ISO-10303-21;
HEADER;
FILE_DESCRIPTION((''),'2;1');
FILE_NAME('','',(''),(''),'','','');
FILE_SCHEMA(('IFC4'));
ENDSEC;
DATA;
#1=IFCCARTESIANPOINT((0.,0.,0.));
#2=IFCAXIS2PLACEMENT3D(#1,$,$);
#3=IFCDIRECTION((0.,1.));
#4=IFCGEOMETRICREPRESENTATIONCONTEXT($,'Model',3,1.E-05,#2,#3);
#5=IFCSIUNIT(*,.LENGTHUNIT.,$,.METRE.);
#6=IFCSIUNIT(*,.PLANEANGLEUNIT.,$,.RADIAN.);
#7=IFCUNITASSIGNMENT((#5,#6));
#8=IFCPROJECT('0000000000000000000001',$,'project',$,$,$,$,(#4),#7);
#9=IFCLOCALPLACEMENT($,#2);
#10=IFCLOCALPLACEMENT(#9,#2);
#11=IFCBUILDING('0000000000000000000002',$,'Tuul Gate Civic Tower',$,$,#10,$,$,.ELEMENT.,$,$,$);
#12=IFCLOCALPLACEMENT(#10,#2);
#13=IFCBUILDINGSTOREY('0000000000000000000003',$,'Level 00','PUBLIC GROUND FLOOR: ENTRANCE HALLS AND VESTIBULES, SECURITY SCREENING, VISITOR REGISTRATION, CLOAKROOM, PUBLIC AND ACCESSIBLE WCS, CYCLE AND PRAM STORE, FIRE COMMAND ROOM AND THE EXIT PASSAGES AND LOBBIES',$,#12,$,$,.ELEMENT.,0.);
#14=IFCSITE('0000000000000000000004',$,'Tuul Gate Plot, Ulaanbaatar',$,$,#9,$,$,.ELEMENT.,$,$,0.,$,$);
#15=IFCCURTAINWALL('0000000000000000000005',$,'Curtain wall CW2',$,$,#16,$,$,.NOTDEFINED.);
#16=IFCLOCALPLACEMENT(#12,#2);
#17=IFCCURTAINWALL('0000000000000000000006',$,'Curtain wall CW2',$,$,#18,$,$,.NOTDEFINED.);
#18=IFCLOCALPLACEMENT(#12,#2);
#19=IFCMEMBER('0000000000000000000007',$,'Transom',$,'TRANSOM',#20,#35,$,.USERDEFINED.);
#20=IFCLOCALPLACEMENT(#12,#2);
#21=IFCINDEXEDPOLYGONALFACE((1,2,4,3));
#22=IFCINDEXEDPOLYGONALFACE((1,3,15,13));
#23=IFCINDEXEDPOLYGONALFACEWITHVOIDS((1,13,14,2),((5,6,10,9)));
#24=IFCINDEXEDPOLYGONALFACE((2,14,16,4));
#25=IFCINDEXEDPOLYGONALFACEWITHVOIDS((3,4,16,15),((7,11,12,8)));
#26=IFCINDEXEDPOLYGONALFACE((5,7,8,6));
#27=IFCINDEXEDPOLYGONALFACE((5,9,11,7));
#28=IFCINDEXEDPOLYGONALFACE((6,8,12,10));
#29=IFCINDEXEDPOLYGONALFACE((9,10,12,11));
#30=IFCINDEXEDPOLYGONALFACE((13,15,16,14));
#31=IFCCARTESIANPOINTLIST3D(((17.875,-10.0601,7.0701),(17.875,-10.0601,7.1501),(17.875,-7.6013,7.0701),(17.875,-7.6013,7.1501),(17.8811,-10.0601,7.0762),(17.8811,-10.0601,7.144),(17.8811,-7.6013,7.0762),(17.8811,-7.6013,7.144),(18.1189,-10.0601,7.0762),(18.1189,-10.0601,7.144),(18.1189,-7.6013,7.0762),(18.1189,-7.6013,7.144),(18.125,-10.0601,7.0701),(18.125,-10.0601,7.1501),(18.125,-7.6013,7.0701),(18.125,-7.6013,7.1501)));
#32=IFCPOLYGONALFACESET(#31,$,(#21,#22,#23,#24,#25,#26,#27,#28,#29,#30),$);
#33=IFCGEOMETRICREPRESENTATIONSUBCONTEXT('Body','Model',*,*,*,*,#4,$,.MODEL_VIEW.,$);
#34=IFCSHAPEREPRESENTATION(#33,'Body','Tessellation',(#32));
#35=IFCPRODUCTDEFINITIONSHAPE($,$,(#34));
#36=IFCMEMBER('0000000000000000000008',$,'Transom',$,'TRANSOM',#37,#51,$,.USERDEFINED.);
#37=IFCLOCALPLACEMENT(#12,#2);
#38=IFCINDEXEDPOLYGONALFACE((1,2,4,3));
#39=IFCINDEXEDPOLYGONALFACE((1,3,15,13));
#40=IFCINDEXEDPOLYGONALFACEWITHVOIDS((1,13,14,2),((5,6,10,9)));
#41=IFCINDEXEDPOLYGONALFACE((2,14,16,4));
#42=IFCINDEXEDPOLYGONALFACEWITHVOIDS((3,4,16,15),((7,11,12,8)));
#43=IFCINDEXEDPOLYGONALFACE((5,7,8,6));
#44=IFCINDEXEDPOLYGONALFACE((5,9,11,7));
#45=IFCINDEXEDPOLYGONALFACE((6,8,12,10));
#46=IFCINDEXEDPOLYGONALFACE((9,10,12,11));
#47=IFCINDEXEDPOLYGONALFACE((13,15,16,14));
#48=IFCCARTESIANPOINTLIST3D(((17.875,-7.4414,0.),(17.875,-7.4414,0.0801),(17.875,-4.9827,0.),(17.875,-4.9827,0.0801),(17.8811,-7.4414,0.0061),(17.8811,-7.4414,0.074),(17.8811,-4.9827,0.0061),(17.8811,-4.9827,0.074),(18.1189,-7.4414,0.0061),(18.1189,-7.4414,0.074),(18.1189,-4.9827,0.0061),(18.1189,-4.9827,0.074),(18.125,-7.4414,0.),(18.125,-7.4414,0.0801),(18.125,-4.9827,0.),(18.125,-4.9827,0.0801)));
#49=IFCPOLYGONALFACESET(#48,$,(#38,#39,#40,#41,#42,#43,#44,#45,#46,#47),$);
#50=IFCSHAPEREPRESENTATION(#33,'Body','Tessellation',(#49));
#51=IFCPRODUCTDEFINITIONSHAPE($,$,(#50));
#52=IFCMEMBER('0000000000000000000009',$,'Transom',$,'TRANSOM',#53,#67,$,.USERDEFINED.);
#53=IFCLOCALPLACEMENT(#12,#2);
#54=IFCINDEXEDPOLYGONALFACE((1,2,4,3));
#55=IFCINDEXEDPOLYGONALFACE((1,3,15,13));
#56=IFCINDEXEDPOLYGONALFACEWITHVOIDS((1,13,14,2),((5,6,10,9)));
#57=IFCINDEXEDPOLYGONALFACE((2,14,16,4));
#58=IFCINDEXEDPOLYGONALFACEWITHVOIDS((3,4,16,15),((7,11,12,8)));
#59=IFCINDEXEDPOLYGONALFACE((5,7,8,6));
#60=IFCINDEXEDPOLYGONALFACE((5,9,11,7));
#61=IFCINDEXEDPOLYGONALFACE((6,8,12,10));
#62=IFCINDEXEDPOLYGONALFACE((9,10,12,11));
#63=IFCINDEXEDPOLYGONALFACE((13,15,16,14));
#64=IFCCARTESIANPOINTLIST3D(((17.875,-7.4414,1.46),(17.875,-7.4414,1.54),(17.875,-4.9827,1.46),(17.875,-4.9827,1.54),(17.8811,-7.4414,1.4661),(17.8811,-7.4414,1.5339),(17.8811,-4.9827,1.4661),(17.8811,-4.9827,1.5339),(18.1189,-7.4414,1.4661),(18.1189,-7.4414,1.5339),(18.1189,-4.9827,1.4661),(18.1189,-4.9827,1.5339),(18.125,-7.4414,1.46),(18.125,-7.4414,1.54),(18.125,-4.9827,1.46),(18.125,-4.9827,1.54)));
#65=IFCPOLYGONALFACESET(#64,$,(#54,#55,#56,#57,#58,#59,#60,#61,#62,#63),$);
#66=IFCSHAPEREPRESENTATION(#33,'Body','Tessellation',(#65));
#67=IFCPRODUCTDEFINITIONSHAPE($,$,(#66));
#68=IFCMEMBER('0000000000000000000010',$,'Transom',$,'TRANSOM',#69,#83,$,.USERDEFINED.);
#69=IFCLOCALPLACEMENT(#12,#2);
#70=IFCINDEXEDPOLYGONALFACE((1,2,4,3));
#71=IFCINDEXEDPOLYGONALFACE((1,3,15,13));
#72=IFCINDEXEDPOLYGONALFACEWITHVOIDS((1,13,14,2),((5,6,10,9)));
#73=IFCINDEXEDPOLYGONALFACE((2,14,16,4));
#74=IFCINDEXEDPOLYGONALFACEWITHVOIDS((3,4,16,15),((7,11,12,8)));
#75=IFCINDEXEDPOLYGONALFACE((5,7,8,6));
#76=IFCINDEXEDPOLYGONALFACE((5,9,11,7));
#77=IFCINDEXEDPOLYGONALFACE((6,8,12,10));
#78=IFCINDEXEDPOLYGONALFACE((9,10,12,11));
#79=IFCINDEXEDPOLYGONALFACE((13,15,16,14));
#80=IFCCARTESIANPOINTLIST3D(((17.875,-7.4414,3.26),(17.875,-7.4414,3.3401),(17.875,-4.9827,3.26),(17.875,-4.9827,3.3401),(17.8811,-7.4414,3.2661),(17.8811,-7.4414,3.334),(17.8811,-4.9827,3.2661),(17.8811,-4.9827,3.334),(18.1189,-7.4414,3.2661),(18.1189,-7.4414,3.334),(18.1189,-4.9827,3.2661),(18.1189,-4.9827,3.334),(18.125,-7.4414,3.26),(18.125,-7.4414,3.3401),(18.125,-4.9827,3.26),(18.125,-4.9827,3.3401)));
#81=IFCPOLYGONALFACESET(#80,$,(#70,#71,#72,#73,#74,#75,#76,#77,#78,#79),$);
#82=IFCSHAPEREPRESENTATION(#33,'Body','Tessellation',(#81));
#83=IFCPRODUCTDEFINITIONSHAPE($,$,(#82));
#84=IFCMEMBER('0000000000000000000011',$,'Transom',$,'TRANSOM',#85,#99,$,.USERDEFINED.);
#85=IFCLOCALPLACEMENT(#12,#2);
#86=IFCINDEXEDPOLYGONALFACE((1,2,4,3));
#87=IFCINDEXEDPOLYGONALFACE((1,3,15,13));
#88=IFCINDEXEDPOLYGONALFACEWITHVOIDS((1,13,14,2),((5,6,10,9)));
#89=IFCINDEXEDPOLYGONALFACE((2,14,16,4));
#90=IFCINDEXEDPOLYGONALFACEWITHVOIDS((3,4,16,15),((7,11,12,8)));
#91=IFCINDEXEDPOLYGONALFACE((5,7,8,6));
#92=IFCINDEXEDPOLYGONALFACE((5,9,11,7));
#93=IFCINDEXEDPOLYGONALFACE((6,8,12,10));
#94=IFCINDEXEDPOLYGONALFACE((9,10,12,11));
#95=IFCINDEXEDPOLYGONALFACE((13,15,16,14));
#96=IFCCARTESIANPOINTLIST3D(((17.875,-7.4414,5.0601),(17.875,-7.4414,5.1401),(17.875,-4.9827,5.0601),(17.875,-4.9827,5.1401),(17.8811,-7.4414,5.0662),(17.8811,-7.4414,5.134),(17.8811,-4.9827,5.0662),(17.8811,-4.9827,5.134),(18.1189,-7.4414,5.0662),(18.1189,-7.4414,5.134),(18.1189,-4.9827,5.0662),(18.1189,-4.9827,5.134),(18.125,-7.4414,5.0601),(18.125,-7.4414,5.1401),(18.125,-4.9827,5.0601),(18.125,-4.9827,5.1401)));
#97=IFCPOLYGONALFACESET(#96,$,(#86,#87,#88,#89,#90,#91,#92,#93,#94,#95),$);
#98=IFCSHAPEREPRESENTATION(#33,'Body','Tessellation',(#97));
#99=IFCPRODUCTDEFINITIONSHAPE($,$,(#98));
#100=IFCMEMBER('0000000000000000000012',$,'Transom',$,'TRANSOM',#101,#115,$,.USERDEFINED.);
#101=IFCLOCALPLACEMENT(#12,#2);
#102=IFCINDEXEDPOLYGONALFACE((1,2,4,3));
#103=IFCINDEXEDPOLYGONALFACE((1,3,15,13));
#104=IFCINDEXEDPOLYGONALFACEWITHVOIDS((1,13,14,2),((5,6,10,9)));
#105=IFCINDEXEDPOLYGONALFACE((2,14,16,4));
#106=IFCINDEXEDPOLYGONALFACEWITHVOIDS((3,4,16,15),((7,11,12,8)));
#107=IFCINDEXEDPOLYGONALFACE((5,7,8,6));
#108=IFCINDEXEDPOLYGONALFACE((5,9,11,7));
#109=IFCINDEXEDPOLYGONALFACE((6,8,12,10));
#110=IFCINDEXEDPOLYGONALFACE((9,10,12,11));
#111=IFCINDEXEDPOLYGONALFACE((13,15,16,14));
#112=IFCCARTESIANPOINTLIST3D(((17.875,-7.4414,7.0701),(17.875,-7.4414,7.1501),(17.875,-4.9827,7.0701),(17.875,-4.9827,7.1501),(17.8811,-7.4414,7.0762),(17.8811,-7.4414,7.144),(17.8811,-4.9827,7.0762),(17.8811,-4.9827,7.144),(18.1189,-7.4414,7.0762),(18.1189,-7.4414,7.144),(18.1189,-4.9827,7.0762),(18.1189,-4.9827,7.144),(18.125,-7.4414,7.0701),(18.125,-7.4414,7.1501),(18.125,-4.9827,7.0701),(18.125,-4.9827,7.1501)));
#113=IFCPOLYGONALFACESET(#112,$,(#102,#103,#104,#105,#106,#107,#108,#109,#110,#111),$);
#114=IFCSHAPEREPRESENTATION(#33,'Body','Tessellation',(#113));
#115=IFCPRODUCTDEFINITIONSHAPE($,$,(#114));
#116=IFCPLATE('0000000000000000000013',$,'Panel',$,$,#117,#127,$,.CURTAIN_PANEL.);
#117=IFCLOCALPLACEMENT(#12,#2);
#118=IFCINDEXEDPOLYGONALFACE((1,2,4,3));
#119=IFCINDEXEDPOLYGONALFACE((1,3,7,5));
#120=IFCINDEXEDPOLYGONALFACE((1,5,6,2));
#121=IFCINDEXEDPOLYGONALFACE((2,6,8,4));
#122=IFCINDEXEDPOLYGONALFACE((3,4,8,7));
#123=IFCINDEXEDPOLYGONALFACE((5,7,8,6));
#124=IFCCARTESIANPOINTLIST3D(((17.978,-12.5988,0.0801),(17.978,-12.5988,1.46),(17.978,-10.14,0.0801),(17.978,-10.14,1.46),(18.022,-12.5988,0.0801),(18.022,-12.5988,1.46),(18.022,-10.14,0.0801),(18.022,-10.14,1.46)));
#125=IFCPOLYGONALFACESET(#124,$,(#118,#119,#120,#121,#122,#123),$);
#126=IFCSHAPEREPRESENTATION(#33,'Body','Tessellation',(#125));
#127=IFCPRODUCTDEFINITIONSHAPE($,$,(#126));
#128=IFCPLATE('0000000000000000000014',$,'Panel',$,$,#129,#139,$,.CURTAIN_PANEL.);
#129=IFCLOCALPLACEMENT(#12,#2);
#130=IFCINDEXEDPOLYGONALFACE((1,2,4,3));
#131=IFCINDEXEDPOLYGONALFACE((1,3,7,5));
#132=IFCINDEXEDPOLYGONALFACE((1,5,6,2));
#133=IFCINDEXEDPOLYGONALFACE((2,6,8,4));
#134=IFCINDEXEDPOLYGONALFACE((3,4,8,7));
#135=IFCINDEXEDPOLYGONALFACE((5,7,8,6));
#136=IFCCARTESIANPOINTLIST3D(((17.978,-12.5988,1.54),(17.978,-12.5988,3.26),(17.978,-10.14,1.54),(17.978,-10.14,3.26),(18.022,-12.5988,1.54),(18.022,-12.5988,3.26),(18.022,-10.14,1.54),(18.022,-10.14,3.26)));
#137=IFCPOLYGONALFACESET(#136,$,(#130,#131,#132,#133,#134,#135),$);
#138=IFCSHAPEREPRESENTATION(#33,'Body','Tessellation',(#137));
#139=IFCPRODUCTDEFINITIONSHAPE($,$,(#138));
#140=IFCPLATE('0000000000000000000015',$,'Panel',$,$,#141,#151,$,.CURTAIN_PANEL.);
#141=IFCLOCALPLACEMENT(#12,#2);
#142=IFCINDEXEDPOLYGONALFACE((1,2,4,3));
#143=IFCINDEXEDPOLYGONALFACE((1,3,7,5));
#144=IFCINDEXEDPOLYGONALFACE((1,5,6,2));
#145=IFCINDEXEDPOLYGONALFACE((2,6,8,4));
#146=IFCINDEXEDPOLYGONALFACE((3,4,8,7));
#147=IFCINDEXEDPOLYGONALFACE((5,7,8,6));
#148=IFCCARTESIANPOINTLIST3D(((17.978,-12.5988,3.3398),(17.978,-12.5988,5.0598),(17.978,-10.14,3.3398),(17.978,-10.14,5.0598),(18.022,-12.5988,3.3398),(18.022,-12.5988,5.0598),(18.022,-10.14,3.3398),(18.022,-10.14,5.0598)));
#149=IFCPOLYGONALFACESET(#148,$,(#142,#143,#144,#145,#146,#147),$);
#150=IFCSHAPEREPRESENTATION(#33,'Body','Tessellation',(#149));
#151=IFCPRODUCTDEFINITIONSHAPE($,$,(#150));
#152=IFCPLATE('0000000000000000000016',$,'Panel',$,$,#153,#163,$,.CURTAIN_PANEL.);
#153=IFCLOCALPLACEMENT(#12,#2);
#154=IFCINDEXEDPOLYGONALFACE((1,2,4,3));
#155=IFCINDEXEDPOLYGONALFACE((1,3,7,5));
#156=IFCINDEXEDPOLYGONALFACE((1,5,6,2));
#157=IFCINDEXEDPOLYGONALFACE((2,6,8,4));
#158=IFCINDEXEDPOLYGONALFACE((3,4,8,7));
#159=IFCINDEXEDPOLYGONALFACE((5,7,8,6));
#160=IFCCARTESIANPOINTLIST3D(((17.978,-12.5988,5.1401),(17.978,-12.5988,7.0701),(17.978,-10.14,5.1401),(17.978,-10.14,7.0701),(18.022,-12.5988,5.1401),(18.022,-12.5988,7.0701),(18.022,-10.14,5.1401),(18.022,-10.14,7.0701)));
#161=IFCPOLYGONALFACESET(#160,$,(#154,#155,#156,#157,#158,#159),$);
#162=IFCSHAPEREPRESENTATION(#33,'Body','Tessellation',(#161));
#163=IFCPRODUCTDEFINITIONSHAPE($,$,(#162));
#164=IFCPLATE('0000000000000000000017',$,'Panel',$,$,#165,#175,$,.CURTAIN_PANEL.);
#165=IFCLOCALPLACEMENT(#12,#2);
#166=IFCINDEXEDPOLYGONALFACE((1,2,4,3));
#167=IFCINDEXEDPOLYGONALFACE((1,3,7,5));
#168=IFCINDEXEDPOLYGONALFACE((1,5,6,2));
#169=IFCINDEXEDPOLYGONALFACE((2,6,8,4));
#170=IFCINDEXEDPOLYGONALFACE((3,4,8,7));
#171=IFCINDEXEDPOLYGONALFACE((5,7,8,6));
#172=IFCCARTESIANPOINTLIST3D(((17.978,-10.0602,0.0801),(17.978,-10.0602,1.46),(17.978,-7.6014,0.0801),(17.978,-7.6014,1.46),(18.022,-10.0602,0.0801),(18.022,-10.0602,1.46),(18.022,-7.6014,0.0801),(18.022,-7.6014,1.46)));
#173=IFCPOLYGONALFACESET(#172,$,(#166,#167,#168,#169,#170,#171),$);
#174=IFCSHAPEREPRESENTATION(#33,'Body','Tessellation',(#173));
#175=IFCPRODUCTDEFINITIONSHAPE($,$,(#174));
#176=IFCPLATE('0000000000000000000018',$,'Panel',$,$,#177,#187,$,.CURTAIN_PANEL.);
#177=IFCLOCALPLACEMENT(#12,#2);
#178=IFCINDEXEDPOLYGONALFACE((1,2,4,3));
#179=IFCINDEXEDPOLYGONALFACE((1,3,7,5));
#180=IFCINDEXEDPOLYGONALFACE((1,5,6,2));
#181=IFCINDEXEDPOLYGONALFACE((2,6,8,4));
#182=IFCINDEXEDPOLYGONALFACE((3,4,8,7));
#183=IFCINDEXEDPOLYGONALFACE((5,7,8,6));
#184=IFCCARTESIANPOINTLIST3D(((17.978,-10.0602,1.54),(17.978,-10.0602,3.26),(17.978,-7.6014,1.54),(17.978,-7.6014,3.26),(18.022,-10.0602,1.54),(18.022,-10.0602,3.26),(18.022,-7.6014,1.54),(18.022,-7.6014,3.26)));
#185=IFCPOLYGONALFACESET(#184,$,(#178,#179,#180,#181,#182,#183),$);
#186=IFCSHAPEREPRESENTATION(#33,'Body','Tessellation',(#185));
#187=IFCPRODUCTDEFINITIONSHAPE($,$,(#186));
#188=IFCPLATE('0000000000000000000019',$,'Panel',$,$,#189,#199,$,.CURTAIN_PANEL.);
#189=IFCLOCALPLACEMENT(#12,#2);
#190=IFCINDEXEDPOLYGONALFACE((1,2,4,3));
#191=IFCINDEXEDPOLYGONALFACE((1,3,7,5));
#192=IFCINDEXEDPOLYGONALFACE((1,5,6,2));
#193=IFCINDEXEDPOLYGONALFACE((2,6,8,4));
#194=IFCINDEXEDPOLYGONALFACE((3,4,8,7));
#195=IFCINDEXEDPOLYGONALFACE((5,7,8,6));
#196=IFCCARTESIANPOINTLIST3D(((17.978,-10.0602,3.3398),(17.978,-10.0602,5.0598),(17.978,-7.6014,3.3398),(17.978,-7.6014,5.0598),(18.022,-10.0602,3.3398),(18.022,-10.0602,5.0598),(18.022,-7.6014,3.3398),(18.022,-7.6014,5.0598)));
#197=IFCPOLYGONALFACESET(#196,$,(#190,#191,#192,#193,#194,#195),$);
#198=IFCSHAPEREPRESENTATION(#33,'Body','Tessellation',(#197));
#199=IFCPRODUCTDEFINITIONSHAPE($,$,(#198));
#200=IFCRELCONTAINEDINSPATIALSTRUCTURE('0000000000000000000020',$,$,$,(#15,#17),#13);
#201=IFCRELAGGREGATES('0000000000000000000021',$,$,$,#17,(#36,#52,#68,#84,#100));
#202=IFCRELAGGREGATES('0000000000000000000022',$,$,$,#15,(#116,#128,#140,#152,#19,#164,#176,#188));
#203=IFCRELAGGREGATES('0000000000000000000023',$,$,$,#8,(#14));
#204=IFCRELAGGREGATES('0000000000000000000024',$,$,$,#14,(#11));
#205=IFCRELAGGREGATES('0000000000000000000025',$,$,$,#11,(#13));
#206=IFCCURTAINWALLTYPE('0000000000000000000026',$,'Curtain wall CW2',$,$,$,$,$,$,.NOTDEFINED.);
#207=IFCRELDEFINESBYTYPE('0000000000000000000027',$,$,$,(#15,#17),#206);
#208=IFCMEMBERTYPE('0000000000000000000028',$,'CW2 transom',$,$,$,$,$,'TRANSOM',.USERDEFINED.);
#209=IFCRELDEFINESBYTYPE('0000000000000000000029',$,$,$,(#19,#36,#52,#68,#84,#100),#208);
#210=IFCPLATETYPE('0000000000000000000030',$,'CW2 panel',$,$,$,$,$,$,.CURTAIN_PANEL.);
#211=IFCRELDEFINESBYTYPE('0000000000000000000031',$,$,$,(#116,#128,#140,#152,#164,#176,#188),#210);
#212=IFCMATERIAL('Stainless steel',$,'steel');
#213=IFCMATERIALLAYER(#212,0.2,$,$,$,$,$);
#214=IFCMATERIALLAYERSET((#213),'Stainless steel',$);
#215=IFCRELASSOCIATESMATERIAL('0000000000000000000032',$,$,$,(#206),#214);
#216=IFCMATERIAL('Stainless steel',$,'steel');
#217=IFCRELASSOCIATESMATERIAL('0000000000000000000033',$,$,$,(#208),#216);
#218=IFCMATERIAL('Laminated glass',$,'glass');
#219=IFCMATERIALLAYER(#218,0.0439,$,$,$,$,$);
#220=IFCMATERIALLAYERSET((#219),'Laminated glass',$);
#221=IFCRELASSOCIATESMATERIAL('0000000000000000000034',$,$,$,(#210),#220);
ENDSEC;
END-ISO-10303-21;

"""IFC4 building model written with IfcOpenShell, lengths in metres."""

from ifc_helpers import new_model, si_unit, direction, frame, origin, origin_2d, place, context, subcontext, project, spatial, rectangle, hollow_rectangle, extrude, material, layer, layer_set, material_profile, profile_set, type_object, element, aggregate, save


model = new_model("IFC4")

# Units and contexts
model_context = context("Model", 3, precision=1e-05, world=origin(), true_north=direction((0.0, 1.0)))
body_context = subcontext(model_context, "Body", "Model", "MODEL_VIEW")
ifc_project = project(units=[si_unit("LENGTHUNIT", "METRE"), si_unit("PLANEANGLEUNIT", "RADIAN")], contexts=[model_context])

# Site, building, storey
site_placement = place(None, origin())
site = spatial("IfcSite", under=ifc_project, at=site_placement, Name="Tuul Gate Plot, Ulaanbaatar", CompositionType="ELEMENT", RefElevation=0.0)
building_placement = place(site_placement, origin())
building = spatial("IfcBuilding", under=site, at=building_placement, Name="Tuul Gate Civic Tower", CompositionType="ELEMENT")
storey_placement = place(building_placement, origin())
storey = spatial("IfcBuildingStorey", under=building, at=storey_placement, Name="Level 00", Description="PUBLIC GROUND FLOOR: ENTRANCE HALLS AND VESTIBULES, SECURITY SCREENING, VISITOR REGISTRATION, CLOAKROOM, PUBLIC AND ACCESSIBLE WCS, CYCLE AND PRAM STORE, FIRE COMMAND ROOM AND THE EXIT PASSAGES AND LOBBIES", CompositionType="ELEMENT", Elevation=0.0)

# Curtain wall
ifc_material_1 = material(Name="Stainless steel", Category="steel")
ifc_layer_1 = layer(ifc_material_1, 0.2)
ifc_layer_set_1 = layer_set([ifc_layer_1], Name="Stainless steel")
curtain_wall_type = type_object("IfcCurtainWallType", Name="Curtain wall CW2", PredefinedType="NOTDEFINED", material=ifc_layer_set_1)
curtain_wall_1_placement = place(storey_placement, origin())
curtain_wall_1 = element("IfcCurtainWall", 1, at=curtain_wall_1_placement, inside=storey, type_object=curtain_wall_type, Name="Curtain wall CW2", PredefinedType="NOTDEFINED")

# Curtain wall
curtain_wall_2_placement = place(storey_placement, origin())
curtain_wall_2 = element("IfcCurtainWall", 2, at=curtain_wall_2_placement, inside=storey, type_object=curtain_wall_type, Name="Curtain wall CW2", PredefinedType="NOTDEFINED")

# Members
ifc_material_2 = material(Name="Stainless steel", Category="steel")
ifc_material_profile_1 = material_profile(ifc_material_2, hollow_rectangle(XDim=0.25, YDim=0.0801, WallThickness=0.0061, at=origin_2d()), Name="CW2 transom")
ifc_profile_set_1 = profile_set([ifc_material_profile_1], Name="Stainless steel")
member_type_1 = type_object("IfcMemberType", Name="CW2 transom", ElementType="TRANSOM", PredefinedType="USERDEFINED", material=ifc_profile_set_1)
member_1_placement = place(storey_placement, frame((18.0, -10.0601, 7.1101), z_axis=(0.0, 1.0, 0.0), x_axis=(-1.0, 0.0, 0.0)))
member_1 = element("IfcMember", 3, at=member_1_placement, type_object=member_type_1, Name="Transom", ObjectType="TRANSOM", PredefinedType="USERDEFINED", context=body_context, shape_type="SweptSolid", body=[
    extrude(hollow_rectangle(XDim=0.25, YDim=0.0801, WallThickness=0.0061, at=origin_2d()), origin(), (0.0, 0.0, 1.0), 2.4587),
])
member_2_placement = place(storey_placement, frame((18.0, -7.4414, 0.04), z_axis=(0.0, 1.0, 0.0), x_axis=(-1.0, 0.0, 0.0)))
member_2 = element("IfcMember", 4, at=member_2_placement, type_object=member_type_1, Name="Transom", ObjectType="TRANSOM", PredefinedType="USERDEFINED", context=body_context, shape_type="SweptSolid", body=[
    extrude(hollow_rectangle(XDim=0.25, YDim=0.0801, WallThickness=0.0061, at=origin_2d()), origin(), (0.0, 0.0, 1.0), 2.4587),
])
member_3_placement = place(storey_placement, frame((18.0, -7.4414, 1.5), z_axis=(0.0, 1.0, 0.0), x_axis=(-1.0, 0.0, 0.0)))
member_3 = element("IfcMember", 5, at=member_3_placement, type_object=member_type_1, Name="Transom", ObjectType="TRANSOM", PredefinedType="USERDEFINED", context=body_context, shape_type="SweptSolid", body=[
    extrude(hollow_rectangle(XDim=0.25, YDim=0.0801, WallThickness=0.0061, at=origin_2d()), origin(), (0.0, 0.0, 1.0), 2.4587),
])
member_4_placement = place(storey_placement, frame((18.0, -7.4414, 3.3), z_axis=(0.0, 1.0, 0.0), x_axis=(-1.0, 0.0, 0.0)))
member_4 = element("IfcMember", 6, at=member_4_placement, type_object=member_type_1, Name="Transom", ObjectType="TRANSOM", PredefinedType="USERDEFINED", context=body_context, shape_type="SweptSolid", body=[
    extrude(hollow_rectangle(XDim=0.25, YDim=0.0801, WallThickness=0.0061, at=origin_2d()), origin(), (0.0, 0.0, 1.0), 2.4587),
])
member_5_placement = place(storey_placement, frame((18.0, -7.4414, 5.1001), z_axis=(0.0, 1.0, 0.0), x_axis=(-1.0, 0.0, 0.0)))
member_5 = element("IfcMember", 7, at=member_5_placement, type_object=member_type_1, Name="Transom", ObjectType="TRANSOM", PredefinedType="USERDEFINED", context=body_context, shape_type="SweptSolid", body=[
    extrude(hollow_rectangle(XDim=0.25, YDim=0.0801, WallThickness=0.0061, at=origin_2d()), origin(), (0.0, 0.0, 1.0), 2.4587),
])
member_6_placement = place(storey_placement, frame((18.0, -7.4414, 7.1101), z_axis=(0.0, 1.0, 0.0), x_axis=(-1.0, 0.0, 0.0)))
member_6 = element("IfcMember", 8, at=member_6_placement, type_object=member_type_1, Name="Transom", ObjectType="TRANSOM", PredefinedType="USERDEFINED", context=body_context, shape_type="SweptSolid", body=[
    extrude(hollow_rectangle(XDim=0.25, YDim=0.0801, WallThickness=0.0061, at=origin_2d()), origin(), (0.0, 0.0, 1.0), 2.4587),
])
aggregate(curtain_wall_2, [member_2, member_3, member_4, member_5, member_6])

# Plates
ifc_material_3 = material(Name="Laminated glass", Category="glass")
ifc_layer_2 = layer(ifc_material_3, 0.0439)
ifc_layer_set_2 = layer_set([ifc_layer_2], Name="Laminated glass")
plate_type = type_object("IfcPlateType", Name="CW2 panel", PredefinedType="CURTAIN_PANEL", material=ifc_layer_set_2)
plate_1_placement = place(storey_placement, frame((18.0, -11.3694, 0.0801), z_axis=(0.0, 0.0, 1.0), x_axis=(0.0, 1.0, 0.0)))
plate_1 = element("IfcPlate", 9, at=plate_1_placement, type_object=plate_type, Name="Panel", PredefinedType="CURTAIN_PANEL", context=body_context, shape_type="SweptSolid", body=[
    extrude(rectangle(XDim=2.4587, YDim=0.0439, at=origin_2d()), origin(), (0.0, 0.0, 1.0), 1.3799),
])
plate_2_placement = place(storey_placement, frame((18.0, -11.3694, 1.54), z_axis=(0.0, 0.0, 1.0), x_axis=(0.0, 1.0, 0.0)))
plate_2 = element("IfcPlate", 10, at=plate_2_placement, type_object=plate_type, Name="Panel", PredefinedType="CURTAIN_PANEL", context=body_context, shape_type="SweptSolid", body=[
    extrude(rectangle(XDim=2.4587, YDim=0.0439, at=origin_2d()), origin(), (0.0, 0.0, 1.0), 1.72),
])
plate_3_placement = place(storey_placement, frame((18.0, -11.3694, 3.3398), z_axis=(0.0, 0.0, 1.0), x_axis=(0.0, 1.0, 0.0)))
plate_3 = element("IfcPlate", 11, at=plate_3_placement, type_object=plate_type, Name="Panel", PredefinedType="CURTAIN_PANEL", context=body_context, shape_type="SweptSolid", body=[
    extrude(rectangle(XDim=2.4587, YDim=0.0439, at=origin_2d()), origin(), (0.0, 0.0, 1.0), 1.72),
])
plate_4_placement = place(storey_placement, frame((18.0, -11.3694, 5.1401), z_axis=(0.0, 0.0, 1.0), x_axis=(0.0, 1.0, 0.0)))
plate_4 = element("IfcPlate", 12, at=plate_4_placement, type_object=plate_type, Name="Panel", PredefinedType="CURTAIN_PANEL", context=body_context, shape_type="SweptSolid", body=[
    extrude(rectangle(XDim=2.4587, YDim=0.0439, at=origin_2d()), origin(), (0.0, 0.0, 1.0), 1.9299),
])
plate_5_placement = place(storey_placement, frame((18.0, -8.8308, 0.0801), z_axis=(0.0, 0.0, 1.0), x_axis=(0.0, 1.0, 0.0)))
plate_5 = element("IfcPlate", 13, at=plate_5_placement, type_object=plate_type, Name="Panel", PredefinedType="CURTAIN_PANEL", context=body_context, shape_type="SweptSolid", body=[
    extrude(rectangle(XDim=2.4587, YDim=0.0439, at=origin_2d()), origin(), (0.0, 0.0, 1.0), 1.3799),
])
plate_6_placement = place(storey_placement, frame((18.0, -8.8308, 1.54), z_axis=(0.0, 0.0, 1.0), x_axis=(0.0, 1.0, 0.0)))
plate_6 = element("IfcPlate", 14, at=plate_6_placement, type_object=plate_type, Name="Panel", PredefinedType="CURTAIN_PANEL", context=body_context, shape_type="SweptSolid", body=[
    extrude(rectangle(XDim=2.4587, YDim=0.0439, at=origin_2d()), origin(), (0.0, 0.0, 1.0), 1.72),
])
plate_7_placement = place(storey_placement, frame((18.0, -8.8308, 3.3398), z_axis=(0.0, 0.0, 1.0), x_axis=(0.0, 1.0, 0.0)))
plate_7 = element("IfcPlate", 15, at=plate_7_placement, type_object=plate_type, Name="Panel", PredefinedType="CURTAIN_PANEL", context=body_context, shape_type="SweptSolid", body=[
    extrude(rectangle(XDim=2.4587, YDim=0.0439, at=origin_2d()), origin(), (0.0, 0.0, 1.0), 1.72),
])
aggregate(curtain_wall_1, [plate_1, plate_2, plate_3, plate_4, member_1, plate_5, plate_6, plate_7])

save(model, "model.ifc")
